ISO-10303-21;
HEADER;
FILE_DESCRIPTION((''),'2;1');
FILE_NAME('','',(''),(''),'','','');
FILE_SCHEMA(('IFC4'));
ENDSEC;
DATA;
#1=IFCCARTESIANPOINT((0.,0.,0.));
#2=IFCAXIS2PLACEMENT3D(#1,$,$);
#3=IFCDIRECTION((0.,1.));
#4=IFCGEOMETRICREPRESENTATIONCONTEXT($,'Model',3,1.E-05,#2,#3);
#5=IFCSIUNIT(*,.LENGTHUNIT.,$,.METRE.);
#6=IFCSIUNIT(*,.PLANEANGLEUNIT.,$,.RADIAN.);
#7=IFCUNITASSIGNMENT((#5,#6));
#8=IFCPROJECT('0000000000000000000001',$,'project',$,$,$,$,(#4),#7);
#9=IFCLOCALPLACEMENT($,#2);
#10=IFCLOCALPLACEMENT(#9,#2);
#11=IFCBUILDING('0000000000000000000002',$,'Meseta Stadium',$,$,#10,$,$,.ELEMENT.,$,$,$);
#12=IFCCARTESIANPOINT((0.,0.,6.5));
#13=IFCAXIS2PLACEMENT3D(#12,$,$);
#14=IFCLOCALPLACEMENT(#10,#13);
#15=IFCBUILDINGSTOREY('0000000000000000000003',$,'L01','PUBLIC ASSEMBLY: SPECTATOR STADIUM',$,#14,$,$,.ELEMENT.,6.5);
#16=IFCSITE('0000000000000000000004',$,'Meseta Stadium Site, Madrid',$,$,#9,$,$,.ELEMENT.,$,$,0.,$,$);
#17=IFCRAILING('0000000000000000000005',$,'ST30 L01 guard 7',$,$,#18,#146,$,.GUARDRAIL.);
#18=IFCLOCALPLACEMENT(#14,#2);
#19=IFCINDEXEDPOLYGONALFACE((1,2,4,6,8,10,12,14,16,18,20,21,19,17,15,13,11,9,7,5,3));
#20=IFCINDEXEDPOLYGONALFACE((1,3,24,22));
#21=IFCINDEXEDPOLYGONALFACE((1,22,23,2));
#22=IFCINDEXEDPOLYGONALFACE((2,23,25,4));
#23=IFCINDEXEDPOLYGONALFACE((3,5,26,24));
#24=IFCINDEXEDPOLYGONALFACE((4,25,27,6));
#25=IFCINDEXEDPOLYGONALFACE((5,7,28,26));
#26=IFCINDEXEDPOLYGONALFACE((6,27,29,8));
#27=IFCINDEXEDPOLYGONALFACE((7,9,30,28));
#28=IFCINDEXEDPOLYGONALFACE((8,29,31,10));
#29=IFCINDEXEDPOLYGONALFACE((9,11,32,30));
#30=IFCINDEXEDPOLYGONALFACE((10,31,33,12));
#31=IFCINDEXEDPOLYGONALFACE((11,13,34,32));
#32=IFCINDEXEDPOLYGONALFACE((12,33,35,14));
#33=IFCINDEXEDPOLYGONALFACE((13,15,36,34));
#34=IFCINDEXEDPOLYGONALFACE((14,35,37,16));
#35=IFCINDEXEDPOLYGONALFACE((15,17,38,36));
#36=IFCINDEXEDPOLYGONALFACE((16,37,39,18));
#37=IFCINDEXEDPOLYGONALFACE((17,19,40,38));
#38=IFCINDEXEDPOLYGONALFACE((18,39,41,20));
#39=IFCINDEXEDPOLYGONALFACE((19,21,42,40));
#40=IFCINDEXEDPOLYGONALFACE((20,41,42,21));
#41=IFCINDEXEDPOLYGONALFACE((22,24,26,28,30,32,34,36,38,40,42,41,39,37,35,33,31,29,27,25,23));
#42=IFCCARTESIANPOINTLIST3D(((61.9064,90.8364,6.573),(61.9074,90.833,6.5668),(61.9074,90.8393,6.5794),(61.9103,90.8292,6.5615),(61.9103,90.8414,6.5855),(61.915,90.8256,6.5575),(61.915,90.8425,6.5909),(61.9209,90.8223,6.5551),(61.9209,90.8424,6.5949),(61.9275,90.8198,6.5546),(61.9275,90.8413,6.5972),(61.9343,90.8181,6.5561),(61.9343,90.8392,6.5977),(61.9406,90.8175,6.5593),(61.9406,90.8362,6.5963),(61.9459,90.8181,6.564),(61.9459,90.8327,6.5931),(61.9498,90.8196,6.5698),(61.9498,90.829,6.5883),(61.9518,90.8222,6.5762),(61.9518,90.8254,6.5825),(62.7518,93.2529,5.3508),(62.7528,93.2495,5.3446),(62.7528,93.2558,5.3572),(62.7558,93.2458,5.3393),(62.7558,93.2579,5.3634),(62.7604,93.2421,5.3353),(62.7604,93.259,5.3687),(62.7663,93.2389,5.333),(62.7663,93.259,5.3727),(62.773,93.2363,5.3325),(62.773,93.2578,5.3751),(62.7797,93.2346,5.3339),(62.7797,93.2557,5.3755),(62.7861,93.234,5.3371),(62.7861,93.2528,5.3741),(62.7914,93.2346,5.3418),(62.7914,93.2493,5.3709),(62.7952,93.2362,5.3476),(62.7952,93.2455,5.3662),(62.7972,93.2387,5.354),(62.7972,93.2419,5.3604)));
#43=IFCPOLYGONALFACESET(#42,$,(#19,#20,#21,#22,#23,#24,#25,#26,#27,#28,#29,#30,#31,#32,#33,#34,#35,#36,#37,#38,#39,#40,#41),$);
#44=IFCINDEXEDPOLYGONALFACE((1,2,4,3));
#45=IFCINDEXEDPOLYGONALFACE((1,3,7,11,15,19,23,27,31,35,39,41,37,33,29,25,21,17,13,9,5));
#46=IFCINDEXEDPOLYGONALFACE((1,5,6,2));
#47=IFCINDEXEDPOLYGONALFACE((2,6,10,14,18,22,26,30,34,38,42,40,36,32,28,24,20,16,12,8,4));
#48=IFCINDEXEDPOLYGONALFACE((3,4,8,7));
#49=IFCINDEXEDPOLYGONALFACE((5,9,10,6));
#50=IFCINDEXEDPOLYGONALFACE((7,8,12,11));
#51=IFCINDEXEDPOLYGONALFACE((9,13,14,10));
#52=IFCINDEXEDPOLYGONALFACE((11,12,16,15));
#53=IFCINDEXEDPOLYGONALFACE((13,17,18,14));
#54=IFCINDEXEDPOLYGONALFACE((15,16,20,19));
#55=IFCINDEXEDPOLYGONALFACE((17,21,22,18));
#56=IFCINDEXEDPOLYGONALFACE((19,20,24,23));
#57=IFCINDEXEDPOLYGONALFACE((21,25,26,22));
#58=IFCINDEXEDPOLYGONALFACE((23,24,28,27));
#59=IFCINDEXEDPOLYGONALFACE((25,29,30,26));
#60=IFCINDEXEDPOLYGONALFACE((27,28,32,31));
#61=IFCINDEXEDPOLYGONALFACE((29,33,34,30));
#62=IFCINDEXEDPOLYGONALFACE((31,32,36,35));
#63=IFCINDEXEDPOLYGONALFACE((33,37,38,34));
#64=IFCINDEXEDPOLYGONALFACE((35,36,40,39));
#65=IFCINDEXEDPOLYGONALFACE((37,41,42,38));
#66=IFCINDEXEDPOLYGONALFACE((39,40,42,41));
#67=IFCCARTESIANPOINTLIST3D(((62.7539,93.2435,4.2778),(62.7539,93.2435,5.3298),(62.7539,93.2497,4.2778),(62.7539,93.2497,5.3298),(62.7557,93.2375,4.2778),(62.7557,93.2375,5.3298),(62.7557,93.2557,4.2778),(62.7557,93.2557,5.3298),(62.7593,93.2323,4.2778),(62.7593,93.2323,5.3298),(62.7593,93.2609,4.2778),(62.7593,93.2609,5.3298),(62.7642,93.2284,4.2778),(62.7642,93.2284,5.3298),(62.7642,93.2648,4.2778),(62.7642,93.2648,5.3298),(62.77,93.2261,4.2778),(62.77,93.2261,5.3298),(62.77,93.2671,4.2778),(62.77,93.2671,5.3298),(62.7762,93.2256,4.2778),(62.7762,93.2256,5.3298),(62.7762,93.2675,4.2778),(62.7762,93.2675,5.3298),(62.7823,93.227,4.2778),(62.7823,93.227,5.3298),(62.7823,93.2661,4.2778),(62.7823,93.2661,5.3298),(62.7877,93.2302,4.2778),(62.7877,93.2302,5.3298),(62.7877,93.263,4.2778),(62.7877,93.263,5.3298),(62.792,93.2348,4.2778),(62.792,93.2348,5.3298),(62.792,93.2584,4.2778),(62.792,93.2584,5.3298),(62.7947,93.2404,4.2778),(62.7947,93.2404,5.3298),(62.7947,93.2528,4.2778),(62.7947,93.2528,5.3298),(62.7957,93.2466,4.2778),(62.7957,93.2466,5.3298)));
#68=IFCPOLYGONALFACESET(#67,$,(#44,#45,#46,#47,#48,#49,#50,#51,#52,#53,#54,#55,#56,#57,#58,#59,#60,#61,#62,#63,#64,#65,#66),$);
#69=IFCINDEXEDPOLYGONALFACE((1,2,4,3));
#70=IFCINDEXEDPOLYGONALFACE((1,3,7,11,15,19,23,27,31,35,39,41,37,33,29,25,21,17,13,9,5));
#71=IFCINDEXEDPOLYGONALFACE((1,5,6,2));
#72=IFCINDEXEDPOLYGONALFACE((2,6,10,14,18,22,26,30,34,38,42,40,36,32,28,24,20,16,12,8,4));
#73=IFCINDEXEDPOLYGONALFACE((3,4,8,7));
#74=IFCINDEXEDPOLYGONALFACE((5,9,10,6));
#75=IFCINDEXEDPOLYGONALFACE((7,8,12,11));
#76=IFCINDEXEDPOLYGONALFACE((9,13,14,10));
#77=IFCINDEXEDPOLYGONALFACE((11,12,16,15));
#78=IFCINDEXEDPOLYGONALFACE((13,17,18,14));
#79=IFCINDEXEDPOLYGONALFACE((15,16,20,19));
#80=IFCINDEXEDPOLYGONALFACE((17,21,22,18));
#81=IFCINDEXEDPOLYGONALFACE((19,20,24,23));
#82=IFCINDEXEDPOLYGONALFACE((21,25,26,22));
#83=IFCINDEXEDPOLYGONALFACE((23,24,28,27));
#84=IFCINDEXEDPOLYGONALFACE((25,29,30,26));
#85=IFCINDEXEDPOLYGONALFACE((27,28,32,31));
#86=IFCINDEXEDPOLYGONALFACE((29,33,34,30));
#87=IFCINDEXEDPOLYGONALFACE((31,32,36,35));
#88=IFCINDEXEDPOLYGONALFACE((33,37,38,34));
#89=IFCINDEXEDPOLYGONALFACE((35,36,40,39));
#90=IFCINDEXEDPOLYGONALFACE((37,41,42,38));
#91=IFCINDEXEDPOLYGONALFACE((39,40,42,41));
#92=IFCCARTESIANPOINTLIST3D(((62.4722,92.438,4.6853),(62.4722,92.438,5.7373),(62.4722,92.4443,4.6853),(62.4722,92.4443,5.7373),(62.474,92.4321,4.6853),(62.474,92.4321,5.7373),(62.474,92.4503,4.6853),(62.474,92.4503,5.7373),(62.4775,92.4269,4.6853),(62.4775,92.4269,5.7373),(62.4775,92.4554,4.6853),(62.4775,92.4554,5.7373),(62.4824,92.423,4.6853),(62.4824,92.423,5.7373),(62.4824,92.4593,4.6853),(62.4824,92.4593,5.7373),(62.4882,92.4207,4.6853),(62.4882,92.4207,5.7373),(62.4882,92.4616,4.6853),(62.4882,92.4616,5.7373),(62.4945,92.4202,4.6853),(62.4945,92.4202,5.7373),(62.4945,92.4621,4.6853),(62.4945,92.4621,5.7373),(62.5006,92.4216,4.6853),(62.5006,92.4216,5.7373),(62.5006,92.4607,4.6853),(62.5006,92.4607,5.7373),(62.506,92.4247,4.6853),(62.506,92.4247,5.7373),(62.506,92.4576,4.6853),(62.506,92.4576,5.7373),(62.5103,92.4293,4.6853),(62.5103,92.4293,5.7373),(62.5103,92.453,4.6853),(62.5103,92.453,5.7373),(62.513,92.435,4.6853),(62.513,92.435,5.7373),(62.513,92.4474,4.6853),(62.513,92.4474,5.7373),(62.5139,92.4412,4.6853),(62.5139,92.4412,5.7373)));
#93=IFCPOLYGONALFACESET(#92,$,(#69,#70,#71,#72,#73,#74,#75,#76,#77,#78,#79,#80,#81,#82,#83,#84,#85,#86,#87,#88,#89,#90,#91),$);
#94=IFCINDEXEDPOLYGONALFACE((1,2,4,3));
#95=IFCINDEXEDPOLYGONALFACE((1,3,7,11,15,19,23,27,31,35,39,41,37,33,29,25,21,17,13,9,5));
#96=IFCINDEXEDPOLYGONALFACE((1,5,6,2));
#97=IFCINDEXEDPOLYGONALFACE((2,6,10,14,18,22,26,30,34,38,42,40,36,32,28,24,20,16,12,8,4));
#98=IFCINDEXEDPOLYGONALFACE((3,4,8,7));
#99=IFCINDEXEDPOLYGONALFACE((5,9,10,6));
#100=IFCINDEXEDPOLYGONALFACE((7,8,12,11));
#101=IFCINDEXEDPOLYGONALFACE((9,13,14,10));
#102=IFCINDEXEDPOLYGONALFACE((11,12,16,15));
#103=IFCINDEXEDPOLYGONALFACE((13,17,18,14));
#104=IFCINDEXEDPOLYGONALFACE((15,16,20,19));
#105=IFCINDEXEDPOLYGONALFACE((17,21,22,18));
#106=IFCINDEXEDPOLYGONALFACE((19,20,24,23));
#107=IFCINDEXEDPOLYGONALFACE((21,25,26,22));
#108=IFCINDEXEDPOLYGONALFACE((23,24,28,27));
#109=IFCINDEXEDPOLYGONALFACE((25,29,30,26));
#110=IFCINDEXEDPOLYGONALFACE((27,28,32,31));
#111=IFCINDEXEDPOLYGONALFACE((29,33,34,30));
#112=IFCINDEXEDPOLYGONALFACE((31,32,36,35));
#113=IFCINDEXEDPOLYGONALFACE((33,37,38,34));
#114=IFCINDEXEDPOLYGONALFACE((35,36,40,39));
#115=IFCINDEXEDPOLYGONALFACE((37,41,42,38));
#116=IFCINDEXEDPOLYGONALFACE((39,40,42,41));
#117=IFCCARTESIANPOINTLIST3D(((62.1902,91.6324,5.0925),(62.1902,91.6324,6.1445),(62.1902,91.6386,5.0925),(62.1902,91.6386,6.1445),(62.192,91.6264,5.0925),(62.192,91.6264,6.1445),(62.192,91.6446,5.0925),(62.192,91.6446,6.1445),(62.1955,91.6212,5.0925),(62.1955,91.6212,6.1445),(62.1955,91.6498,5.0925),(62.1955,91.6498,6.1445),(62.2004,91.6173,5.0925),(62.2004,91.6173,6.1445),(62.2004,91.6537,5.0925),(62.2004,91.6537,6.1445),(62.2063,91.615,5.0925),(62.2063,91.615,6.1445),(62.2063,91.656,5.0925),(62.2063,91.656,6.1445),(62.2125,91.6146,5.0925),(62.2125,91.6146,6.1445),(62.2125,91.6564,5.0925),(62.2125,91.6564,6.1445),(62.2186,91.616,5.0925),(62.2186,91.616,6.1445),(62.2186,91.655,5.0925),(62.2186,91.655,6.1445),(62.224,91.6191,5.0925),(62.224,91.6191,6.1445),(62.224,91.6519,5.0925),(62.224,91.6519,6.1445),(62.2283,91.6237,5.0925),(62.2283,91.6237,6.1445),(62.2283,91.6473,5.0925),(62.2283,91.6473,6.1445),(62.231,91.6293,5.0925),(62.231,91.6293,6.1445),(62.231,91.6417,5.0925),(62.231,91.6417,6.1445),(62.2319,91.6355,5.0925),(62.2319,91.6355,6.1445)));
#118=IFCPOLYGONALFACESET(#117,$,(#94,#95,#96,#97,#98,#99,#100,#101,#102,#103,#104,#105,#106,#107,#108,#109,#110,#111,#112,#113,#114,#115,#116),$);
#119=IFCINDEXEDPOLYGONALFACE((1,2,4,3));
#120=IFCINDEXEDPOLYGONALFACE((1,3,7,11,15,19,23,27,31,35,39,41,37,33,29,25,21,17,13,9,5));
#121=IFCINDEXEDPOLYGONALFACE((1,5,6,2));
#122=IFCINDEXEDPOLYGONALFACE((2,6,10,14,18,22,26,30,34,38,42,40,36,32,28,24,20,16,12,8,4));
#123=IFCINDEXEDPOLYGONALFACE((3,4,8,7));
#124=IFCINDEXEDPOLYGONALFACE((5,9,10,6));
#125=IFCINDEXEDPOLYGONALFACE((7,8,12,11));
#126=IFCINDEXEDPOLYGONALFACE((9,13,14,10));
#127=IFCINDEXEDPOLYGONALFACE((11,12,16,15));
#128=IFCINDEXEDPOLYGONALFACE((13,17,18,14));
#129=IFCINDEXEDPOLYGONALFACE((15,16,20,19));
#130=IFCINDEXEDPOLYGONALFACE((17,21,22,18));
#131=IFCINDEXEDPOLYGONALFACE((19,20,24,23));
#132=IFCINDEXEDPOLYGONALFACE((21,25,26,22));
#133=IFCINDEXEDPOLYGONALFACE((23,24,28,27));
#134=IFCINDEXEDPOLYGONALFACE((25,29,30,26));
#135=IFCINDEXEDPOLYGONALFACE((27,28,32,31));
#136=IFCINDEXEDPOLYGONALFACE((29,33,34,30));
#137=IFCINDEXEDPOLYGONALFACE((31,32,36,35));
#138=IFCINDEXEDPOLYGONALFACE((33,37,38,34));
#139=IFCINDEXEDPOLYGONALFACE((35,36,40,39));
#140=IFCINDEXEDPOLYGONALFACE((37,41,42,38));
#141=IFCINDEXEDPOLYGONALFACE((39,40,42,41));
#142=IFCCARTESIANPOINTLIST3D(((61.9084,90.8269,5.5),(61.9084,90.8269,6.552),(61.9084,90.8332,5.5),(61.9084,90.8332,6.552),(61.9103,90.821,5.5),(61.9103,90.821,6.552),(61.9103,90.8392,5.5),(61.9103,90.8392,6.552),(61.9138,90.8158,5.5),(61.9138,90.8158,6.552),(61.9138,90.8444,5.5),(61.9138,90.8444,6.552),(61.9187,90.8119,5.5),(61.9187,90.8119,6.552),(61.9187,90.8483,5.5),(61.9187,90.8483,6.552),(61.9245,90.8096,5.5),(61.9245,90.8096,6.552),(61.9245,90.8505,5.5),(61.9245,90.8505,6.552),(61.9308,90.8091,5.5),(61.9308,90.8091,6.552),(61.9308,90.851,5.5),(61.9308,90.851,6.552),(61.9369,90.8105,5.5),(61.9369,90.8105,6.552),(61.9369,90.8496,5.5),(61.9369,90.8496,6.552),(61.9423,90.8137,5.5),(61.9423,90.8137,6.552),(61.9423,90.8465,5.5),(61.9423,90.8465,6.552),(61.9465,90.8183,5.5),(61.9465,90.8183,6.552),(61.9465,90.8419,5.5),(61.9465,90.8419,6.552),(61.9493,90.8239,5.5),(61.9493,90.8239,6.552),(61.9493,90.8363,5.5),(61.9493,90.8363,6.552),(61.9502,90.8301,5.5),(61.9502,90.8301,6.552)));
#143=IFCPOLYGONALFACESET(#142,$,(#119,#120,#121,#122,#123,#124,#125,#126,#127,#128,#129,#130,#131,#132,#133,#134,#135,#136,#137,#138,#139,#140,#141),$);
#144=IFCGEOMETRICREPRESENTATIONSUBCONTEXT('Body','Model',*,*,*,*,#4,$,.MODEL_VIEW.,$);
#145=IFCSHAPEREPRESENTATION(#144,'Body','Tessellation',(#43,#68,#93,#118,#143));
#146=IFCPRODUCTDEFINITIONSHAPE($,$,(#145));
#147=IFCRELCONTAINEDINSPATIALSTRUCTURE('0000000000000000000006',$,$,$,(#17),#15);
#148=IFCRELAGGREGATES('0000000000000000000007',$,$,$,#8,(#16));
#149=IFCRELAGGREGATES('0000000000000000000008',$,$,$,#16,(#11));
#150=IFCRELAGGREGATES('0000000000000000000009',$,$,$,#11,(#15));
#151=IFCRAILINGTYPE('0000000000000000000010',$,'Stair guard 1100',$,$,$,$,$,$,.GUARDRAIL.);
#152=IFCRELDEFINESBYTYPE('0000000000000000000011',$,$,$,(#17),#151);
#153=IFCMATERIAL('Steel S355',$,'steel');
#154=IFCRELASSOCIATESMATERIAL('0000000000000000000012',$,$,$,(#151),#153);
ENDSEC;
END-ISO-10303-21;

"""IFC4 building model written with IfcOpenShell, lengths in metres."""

from ifc_helpers import new_model, si_unit, direction, frame, origin, origin_2d, place, context, subcontext, project, spatial, circle, extrude, material, type_object, element, save


model = new_model("IFC4")

# Units and contexts
model_context = context("Model", 3, precision=1e-05, world=origin(), true_north=direction((0.0, 1.0)))
body_context = subcontext(model_context, "Body", "Model", "MODEL_VIEW")
ifc_project = project(units=[si_unit("LENGTHUNIT", "METRE"), si_unit("PLANEANGLEUNIT", "RADIAN")], contexts=[model_context])

# Site, building, storey
site_placement = place(None, origin())
site = spatial("IfcSite", under=ifc_project, at=site_placement, Name="Meseta Stadium Site, Madrid", CompositionType="ELEMENT", RefElevation=0.0)
building_placement = place(site_placement, origin())
building = spatial("IfcBuilding", under=site, at=building_placement, Name="Meseta Stadium", CompositionType="ELEMENT")
storey_placement = place(building_placement, frame((0.0, 0.0, 6.5)))
storey = spatial("IfcBuildingStorey", under=building, at=storey_placement, Name="L01", Description="PUBLIC ASSEMBLY: SPECTATOR STADIUM", CompositionType="ELEMENT", Elevation=6.5)

# Railing
ifc_material_1 = material(Name="Steel S355", Category="steel")
railing_type_1 = type_object("IfcRailingType", Name="Stair guard 1100", PredefinedType="GUARDRAIL", material=ifc_material_1)
railing_1_placement = place(storey_placement, frame((62.7747, 93.2466, 4.2778)))
element("IfcRailing", 1, at=railing_1_placement, inside=storey, type_object=railing_type_1, Name="ST30 L01 guard 7", PredefinedType="GUARDRAIL", context=body_context, shape_type="SweptSolid", body=[
    extrude(circle(Radius=0.0239, at=origin_2d()), frame((0.0, 0.0, 1.0762), z_axis=(-0.298022, -0.851812, 0.430811), x_axis=(0.943897, -0.33024, 0.0)), (0.0, 0.0, 1.0), 2.8369),
    extrude(circle(Radius=0.021, at=origin_2d()), origin(), (0.0, 0.0, 1.0), 1.052),
    extrude(circle(Radius=0.021, at=origin_2d()), frame((-0.2817, -0.8054, 0.4075)), (0.0, 0.0, 1.0), 1.052),
    extrude(circle(Radius=0.021, at=origin_2d()), frame((-0.5637, -1.6111, 0.8147)), (0.0, 0.0, 1.0), 1.052),
    extrude(circle(Radius=0.021, at=origin_2d()), frame((-0.8455, -2.4165, 1.2222)), (0.0, 0.0, 1.0), 1.052),
])

save(model, "model.ifc")
